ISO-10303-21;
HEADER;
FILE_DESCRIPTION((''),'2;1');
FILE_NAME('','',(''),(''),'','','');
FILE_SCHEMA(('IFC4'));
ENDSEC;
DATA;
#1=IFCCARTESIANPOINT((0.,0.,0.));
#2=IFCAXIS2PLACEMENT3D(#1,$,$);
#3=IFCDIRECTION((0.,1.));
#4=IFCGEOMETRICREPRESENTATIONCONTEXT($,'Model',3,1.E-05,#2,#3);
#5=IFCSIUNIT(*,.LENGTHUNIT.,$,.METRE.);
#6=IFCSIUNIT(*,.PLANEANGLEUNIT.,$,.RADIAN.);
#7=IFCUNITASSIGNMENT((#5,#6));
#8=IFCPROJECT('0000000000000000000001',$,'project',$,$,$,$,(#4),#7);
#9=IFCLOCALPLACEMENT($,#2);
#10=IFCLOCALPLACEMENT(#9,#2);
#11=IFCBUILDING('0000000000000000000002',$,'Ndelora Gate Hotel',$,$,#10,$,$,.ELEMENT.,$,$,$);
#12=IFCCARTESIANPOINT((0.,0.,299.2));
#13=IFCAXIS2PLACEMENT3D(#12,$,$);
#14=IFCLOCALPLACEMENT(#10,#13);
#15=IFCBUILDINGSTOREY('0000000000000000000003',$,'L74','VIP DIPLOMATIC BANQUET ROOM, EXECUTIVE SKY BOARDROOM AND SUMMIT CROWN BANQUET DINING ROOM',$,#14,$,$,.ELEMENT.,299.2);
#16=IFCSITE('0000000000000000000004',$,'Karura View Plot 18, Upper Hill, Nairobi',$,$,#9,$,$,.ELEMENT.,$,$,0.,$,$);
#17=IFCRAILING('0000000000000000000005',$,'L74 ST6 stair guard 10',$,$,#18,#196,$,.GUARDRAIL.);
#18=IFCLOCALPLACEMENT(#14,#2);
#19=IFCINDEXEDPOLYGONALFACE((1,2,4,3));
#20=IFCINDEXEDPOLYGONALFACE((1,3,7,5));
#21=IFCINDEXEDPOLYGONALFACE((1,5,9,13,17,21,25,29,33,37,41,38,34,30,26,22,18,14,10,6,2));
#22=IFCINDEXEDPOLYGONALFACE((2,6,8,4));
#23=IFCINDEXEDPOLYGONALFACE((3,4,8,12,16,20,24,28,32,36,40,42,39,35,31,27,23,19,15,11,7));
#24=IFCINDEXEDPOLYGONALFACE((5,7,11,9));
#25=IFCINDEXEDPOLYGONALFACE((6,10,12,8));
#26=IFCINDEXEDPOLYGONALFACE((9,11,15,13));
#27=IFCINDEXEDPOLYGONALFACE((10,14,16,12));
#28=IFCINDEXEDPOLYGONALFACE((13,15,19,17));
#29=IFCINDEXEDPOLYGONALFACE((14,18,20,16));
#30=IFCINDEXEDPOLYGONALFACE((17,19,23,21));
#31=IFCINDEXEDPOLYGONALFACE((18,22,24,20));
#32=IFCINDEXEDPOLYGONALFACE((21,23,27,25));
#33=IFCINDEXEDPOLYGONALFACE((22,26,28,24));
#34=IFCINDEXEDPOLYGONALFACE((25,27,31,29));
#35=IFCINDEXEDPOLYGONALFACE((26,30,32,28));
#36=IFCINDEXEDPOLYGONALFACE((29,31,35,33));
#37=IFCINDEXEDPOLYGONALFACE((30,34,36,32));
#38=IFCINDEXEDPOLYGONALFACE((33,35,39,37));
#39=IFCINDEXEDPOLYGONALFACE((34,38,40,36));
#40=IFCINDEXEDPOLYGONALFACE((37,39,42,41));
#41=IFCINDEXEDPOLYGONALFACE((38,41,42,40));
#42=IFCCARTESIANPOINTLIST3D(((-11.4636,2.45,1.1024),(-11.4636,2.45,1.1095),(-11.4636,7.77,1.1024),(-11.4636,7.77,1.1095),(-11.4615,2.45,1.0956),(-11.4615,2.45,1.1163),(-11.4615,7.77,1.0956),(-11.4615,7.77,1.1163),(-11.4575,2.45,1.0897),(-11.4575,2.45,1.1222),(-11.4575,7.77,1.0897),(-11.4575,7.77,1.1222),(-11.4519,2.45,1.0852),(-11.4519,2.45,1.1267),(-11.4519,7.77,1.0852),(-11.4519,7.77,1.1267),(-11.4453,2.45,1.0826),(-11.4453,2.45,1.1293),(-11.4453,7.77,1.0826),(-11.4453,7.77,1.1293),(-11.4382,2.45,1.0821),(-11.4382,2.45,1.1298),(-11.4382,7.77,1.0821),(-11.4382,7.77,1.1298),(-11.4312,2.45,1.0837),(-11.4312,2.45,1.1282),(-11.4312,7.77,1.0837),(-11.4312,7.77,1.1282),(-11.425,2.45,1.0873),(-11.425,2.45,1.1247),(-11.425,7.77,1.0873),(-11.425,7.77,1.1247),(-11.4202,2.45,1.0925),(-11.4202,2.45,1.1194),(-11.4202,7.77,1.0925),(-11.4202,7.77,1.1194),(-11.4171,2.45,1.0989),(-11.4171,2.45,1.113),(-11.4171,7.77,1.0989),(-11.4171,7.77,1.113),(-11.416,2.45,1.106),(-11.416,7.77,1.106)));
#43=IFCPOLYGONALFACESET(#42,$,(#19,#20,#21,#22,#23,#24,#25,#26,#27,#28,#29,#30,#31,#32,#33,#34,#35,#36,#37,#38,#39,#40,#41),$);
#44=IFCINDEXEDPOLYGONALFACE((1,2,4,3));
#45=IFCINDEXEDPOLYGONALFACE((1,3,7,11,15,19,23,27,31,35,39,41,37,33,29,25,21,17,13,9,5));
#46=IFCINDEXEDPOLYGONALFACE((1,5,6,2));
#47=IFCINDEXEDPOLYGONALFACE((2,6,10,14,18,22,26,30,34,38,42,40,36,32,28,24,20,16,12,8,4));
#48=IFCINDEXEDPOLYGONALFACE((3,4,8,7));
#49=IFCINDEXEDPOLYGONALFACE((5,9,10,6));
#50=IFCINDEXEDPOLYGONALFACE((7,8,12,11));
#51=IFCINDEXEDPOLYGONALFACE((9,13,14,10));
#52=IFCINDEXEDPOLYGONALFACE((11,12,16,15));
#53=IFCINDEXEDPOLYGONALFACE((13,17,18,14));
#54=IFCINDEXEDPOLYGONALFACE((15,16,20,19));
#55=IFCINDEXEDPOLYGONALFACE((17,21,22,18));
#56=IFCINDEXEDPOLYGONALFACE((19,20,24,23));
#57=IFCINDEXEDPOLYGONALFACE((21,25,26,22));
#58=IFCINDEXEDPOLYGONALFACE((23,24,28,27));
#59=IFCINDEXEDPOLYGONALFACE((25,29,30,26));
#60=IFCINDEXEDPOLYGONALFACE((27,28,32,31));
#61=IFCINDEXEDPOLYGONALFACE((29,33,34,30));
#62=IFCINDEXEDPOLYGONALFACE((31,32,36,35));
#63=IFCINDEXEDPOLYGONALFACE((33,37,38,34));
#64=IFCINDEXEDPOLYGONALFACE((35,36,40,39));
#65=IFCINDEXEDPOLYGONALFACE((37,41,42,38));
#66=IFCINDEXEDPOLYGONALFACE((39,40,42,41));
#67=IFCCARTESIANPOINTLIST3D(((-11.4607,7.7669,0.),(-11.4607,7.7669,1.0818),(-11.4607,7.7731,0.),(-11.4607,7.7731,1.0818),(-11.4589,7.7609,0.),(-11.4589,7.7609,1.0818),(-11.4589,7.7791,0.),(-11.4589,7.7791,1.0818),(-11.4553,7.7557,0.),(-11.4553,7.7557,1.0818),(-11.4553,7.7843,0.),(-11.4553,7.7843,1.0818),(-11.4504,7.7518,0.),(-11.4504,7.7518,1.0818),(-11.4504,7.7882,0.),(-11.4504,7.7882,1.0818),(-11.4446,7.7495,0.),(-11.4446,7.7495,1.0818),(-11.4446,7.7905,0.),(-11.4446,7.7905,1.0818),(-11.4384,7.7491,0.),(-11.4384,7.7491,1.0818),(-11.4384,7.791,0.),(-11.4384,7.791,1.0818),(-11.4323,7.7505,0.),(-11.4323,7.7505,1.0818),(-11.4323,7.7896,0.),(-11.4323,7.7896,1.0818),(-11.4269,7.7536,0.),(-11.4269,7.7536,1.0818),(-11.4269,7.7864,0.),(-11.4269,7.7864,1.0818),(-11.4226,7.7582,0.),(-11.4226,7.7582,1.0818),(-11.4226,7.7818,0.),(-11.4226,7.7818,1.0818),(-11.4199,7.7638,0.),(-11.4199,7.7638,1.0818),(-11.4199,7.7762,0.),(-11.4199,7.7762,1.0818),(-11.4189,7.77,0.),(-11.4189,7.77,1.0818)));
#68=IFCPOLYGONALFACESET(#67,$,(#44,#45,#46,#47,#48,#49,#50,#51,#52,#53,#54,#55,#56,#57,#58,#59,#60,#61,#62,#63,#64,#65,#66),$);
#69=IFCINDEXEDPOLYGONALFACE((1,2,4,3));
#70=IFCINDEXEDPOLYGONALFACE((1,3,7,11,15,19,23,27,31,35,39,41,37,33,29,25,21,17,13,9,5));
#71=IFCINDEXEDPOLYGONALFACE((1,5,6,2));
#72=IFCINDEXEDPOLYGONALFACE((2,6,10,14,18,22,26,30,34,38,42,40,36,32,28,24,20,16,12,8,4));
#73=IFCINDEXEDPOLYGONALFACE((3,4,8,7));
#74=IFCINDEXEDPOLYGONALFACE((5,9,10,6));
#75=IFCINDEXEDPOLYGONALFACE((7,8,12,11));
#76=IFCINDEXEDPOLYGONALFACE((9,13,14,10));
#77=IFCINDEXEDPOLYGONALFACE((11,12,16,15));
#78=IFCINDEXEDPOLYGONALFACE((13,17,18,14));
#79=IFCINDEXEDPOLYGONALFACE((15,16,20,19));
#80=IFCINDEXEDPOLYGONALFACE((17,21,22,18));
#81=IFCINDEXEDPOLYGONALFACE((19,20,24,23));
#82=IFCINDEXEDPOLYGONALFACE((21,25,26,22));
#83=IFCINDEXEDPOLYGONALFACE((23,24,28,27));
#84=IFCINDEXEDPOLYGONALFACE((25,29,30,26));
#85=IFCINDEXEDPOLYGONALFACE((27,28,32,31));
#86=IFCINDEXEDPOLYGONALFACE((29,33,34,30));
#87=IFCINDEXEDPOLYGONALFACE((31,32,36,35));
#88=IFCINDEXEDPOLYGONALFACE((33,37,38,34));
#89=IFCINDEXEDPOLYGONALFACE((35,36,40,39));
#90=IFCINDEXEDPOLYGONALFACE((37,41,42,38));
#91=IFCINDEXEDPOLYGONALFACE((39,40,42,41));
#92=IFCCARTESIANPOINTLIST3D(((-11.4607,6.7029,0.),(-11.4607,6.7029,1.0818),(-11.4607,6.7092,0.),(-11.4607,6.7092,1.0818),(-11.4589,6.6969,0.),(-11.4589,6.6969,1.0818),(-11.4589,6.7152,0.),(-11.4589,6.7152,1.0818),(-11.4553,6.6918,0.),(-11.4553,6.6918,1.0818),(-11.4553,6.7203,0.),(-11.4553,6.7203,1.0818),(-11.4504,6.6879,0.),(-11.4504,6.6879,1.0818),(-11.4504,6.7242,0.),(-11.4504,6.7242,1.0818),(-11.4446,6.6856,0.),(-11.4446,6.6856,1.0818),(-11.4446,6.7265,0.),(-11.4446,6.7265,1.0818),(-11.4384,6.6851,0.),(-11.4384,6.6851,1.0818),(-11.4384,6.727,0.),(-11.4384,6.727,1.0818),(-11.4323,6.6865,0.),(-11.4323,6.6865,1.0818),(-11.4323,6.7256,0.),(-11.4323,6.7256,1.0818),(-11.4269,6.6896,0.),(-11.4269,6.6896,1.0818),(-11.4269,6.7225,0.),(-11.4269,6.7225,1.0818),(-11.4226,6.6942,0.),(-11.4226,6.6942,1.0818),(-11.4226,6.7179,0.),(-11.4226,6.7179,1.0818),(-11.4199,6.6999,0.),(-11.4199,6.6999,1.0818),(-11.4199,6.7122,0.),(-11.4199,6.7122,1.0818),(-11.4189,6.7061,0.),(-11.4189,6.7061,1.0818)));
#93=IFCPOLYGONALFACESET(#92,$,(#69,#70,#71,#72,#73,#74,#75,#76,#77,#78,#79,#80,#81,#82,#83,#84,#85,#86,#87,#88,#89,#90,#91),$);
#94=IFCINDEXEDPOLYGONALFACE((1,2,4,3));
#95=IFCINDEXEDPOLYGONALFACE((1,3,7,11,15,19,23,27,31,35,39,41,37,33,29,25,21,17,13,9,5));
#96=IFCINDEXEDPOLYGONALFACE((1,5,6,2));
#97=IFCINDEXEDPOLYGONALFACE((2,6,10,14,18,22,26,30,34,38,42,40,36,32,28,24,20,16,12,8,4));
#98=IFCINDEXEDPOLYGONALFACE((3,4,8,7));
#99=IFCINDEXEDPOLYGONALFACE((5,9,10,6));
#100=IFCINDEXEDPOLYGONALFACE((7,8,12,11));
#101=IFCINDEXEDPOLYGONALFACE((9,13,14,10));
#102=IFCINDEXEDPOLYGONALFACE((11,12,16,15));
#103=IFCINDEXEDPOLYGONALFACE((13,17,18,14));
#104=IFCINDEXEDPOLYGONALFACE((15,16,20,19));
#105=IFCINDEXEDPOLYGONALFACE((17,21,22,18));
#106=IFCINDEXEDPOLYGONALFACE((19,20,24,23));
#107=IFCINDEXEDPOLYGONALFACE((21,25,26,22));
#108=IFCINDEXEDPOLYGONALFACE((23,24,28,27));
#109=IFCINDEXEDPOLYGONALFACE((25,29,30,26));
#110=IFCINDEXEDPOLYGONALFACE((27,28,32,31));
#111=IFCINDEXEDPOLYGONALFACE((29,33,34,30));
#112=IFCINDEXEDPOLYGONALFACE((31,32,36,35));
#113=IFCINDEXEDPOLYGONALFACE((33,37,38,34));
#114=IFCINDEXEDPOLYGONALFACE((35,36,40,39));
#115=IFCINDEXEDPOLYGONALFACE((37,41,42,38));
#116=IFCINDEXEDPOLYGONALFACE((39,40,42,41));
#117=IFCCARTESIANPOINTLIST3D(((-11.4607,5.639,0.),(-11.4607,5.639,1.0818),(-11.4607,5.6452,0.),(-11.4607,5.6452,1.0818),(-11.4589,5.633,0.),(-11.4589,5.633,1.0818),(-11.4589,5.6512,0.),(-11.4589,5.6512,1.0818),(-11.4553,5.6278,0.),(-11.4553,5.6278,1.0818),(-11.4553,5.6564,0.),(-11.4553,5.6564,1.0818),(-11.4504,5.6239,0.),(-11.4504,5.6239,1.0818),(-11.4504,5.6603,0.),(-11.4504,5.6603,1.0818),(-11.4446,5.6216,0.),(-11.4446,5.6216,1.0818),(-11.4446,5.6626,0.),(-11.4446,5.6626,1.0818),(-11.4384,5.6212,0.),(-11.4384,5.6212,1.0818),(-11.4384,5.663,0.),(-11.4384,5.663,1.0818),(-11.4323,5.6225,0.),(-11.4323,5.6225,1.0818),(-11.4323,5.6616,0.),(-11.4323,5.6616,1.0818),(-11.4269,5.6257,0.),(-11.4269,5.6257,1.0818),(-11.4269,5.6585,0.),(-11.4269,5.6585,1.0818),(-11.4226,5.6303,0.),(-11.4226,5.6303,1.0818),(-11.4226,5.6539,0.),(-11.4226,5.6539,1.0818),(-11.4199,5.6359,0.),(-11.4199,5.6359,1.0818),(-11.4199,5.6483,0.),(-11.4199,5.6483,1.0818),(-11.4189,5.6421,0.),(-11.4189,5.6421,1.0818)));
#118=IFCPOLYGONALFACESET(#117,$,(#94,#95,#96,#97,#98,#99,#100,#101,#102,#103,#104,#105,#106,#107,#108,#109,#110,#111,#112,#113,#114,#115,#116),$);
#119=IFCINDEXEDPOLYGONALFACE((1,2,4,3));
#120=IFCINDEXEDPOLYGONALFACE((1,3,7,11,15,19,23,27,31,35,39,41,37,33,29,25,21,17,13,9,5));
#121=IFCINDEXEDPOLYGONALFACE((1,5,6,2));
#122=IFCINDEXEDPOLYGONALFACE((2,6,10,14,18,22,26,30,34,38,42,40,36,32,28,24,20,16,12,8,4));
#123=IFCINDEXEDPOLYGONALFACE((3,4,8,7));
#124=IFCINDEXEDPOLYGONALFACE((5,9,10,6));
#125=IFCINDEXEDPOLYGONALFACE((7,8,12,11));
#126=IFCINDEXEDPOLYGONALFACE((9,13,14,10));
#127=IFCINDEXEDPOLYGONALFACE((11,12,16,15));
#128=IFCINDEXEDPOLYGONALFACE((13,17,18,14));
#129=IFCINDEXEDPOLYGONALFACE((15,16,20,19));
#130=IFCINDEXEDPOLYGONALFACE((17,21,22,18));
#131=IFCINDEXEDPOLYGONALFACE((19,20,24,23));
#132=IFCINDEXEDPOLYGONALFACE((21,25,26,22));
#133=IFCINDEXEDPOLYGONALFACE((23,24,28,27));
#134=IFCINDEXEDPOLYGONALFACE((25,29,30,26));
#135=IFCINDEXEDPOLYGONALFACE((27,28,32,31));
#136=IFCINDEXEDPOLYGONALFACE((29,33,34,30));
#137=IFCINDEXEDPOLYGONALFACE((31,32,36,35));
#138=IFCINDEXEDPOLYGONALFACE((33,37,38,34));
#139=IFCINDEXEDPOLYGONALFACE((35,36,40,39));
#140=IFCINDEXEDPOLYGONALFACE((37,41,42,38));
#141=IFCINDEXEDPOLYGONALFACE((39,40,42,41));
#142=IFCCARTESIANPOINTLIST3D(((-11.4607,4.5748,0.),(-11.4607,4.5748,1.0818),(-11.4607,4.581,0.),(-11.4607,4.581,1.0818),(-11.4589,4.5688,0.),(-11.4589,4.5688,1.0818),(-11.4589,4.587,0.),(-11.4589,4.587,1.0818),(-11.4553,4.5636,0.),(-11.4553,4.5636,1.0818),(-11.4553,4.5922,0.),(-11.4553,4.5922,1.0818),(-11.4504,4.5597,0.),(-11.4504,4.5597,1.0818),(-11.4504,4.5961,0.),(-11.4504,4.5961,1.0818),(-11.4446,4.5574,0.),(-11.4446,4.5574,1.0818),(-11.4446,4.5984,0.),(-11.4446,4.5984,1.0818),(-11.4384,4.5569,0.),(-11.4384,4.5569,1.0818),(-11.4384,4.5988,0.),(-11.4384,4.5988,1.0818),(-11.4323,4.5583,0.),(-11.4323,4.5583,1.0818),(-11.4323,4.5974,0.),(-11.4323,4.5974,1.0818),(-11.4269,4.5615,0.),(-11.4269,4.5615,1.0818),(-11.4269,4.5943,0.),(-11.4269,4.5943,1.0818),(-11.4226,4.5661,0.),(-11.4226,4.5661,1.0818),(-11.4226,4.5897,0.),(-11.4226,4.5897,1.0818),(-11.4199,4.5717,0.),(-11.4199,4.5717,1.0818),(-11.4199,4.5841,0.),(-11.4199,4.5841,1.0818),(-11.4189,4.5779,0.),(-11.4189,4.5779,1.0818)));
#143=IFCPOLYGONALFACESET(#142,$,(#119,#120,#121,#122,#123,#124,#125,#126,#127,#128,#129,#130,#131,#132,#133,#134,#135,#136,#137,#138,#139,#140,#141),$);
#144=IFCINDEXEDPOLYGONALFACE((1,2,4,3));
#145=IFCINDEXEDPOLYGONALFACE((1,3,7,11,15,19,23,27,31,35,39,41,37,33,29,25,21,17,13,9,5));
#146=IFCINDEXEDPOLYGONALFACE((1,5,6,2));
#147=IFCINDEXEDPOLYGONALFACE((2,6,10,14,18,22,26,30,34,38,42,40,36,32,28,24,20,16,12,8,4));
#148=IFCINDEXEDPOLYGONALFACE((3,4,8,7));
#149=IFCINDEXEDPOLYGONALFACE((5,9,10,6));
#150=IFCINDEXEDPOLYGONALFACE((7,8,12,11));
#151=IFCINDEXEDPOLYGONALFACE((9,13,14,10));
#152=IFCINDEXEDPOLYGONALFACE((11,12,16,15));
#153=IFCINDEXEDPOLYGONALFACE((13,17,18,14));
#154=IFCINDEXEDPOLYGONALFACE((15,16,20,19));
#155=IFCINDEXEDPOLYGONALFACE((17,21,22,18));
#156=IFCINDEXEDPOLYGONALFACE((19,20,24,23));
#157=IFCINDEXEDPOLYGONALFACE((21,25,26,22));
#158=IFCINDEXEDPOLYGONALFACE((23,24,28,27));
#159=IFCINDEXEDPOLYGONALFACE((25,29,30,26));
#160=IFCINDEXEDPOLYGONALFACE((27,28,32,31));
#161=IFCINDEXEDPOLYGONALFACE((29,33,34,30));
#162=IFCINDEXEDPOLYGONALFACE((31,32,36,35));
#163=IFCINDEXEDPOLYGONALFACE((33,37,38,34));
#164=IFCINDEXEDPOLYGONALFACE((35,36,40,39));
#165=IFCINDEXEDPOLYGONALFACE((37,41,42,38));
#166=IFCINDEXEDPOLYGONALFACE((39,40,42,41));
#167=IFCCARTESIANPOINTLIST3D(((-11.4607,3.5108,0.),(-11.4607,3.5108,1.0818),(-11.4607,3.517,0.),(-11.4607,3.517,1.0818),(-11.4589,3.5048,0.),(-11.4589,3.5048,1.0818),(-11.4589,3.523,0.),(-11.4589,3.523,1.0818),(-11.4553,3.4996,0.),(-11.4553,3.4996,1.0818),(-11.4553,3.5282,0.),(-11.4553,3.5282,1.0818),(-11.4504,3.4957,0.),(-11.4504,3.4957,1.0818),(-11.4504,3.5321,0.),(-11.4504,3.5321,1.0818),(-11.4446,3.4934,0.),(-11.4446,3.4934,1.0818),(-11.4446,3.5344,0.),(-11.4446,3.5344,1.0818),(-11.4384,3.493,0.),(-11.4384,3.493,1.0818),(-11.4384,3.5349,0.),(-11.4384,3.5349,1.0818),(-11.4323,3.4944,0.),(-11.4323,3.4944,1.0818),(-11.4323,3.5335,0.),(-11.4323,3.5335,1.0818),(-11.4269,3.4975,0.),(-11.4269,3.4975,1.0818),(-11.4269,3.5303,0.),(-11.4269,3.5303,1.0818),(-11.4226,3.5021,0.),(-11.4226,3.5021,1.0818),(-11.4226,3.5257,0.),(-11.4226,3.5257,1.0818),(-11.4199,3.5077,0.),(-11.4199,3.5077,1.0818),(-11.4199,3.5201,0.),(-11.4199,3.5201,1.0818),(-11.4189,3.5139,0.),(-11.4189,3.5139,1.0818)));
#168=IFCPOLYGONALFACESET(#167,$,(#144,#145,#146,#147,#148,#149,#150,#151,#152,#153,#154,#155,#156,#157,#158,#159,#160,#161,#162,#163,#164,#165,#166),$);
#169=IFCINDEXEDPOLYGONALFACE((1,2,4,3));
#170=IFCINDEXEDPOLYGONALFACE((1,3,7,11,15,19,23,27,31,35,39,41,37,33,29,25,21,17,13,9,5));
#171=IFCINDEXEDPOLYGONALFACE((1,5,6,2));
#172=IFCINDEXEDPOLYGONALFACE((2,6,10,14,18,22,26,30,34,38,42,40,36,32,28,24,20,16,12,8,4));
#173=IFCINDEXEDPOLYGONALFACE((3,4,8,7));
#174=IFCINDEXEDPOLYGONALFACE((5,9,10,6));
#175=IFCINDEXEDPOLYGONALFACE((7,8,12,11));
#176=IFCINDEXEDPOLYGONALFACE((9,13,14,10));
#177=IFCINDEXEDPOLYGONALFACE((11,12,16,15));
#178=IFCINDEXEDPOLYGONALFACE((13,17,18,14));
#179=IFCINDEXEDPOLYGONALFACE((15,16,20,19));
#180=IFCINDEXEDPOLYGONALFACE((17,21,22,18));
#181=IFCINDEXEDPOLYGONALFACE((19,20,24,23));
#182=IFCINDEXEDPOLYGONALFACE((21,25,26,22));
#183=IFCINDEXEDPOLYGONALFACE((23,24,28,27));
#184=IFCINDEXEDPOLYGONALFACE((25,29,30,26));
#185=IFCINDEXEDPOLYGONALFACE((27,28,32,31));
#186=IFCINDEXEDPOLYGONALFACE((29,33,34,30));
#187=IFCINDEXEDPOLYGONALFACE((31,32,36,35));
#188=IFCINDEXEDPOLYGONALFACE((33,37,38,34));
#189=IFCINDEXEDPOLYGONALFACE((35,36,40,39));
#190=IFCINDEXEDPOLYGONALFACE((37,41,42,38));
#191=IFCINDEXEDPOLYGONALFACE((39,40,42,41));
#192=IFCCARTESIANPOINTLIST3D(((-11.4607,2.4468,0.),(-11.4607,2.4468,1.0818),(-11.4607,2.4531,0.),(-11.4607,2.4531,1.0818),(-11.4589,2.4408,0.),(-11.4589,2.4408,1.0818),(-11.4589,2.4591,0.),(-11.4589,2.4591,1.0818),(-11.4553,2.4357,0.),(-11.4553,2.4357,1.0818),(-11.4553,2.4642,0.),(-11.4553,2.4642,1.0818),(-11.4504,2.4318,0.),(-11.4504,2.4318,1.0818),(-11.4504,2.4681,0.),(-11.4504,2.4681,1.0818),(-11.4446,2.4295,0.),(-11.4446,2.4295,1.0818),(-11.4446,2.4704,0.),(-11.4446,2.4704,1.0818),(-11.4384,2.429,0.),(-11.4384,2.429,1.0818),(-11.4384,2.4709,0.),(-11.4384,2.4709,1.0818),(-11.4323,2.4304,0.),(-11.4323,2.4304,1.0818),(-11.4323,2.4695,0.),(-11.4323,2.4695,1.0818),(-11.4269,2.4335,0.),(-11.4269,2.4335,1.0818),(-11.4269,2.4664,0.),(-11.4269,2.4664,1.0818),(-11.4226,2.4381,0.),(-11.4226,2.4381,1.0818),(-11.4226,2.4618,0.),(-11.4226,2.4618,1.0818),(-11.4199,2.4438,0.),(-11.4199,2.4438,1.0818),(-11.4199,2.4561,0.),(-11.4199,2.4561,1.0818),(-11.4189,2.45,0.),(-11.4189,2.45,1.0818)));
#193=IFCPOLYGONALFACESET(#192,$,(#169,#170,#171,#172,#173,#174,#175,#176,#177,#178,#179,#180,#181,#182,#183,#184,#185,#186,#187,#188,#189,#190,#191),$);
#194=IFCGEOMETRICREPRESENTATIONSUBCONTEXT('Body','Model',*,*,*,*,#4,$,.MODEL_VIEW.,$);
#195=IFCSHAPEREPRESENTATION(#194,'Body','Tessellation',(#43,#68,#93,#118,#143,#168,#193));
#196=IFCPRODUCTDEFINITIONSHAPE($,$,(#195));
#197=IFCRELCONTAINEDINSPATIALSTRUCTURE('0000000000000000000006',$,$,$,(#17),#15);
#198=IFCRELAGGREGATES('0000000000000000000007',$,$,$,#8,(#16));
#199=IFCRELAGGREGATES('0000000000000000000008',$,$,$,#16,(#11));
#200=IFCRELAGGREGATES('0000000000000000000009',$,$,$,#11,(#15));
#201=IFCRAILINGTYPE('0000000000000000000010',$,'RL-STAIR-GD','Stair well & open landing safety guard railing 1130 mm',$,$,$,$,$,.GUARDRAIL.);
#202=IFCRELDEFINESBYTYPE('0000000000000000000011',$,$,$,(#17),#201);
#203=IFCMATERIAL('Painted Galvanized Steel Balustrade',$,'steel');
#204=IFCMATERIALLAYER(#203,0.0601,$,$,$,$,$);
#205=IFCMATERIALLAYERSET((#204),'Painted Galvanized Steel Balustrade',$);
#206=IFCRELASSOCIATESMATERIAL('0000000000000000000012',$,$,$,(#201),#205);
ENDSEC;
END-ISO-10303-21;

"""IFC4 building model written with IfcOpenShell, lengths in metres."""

from ifc_helpers import new_model, si_unit, direction, frame, origin, origin_2d, place, context, subcontext, project, spatial, circle, extrude, material, layer, layer_set, type_object, element, save


model = new_model("IFC4")

# Units and contexts
model_context = context("Model", 3, precision=1e-05, world=origin(), true_north=direction((0.0, 1.0)))
body_context = subcontext(model_context, "Body", "Model", "MODEL_VIEW")
ifc_project = project(units=[si_unit("LENGTHUNIT", "METRE"), si_unit("PLANEANGLEUNIT", "RADIAN")], contexts=[model_context])

# Site, building, storey
site_placement = place(None, origin())
site = spatial("IfcSite", under=ifc_project, at=site_placement, Name="Karura View Plot 18, Upper Hill, Nairobi", CompositionType="ELEMENT", RefElevation=0.0)
building_placement = place(site_placement, origin())
building = spatial("IfcBuilding", under=site, at=building_placement, Name="Ndelora Gate Hotel", CompositionType="ELEMENT")
storey_placement = place(building_placement, frame((0.0, 0.0, 299.2)))
storey = spatial("IfcBuildingStorey", under=building, at=storey_placement, Name="L74", Description="VIP DIPLOMATIC BANQUET ROOM, EXECUTIVE SKY BOARDROOM AND SUMMIT CROWN BANQUET DINING ROOM", CompositionType="ELEMENT", Elevation=299.2)

# Railing
ifc_material_1 = material(Name="Painted Galvanized Steel Balustrade", Category="steel")
ifc_layer_1 = layer(ifc_material_1, 0.0601)
ifc_layer_set_1 = layer_set([ifc_layer_1], Name="Painted Galvanized Steel Balustrade")
railing_type_1 = type_object("IfcRailingType", Name="RL-STAIR-GD", Description="Stair well & open landing safety guard railing 1130 mm", PredefinedType="GUARDRAIL", material=ifc_layer_set_1)
for number, where, name in (
    (1, (-11.4399, 7.77, 0.0), "L74 ST6 stair guard 10"),
):
    element("IfcRailing", number, at=place(storey_placement, frame(where)), inside=storey, type_object=railing_type_1, Name=name, PredefinedType="GUARDRAIL", context=body_context, shape_type="SweptSolid", body=[
        extrude(circle(Radius=0.0239, at=origin_2d()), frame((0.0, 0.0, 1.106), z_axis=(0.0, -1.0, 0.0), x_axis=(1.0, 0.0, 0.0)), (0.0, 0.0, 1.0), 5.3201),
        extrude(circle(Radius=0.021, at=origin_2d()), origin(), (0.0, 0.0, 1.0), 1.0818),
        extrude(circle(Radius=0.021, at=origin_2d()), frame((0.0, -1.064, 0.0)), (0.0, 0.0, 1.0), 1.0818),
        extrude(circle(Radius=0.021, at=origin_2d()), frame((0.0, -2.1279, 0.0)), (0.0, 0.0, 1.0), 1.0818),
        extrude(circle(Radius=0.021, at=origin_2d()), frame((0.0, -3.1921, 0.0)), (0.0, 0.0, 1.0), 1.0818),
        extrude(circle(Radius=0.021, at=origin_2d()), frame((0.0, -4.2561, 0.0)), (0.0, 0.0, 1.0), 1.0818),
        extrude(circle(Radius=0.021, at=origin_2d()), frame((0.0, -5.3201, 0.0)), (0.0, 0.0, 1.0), 1.0818),
    ])

save(model, "model.ifc")
